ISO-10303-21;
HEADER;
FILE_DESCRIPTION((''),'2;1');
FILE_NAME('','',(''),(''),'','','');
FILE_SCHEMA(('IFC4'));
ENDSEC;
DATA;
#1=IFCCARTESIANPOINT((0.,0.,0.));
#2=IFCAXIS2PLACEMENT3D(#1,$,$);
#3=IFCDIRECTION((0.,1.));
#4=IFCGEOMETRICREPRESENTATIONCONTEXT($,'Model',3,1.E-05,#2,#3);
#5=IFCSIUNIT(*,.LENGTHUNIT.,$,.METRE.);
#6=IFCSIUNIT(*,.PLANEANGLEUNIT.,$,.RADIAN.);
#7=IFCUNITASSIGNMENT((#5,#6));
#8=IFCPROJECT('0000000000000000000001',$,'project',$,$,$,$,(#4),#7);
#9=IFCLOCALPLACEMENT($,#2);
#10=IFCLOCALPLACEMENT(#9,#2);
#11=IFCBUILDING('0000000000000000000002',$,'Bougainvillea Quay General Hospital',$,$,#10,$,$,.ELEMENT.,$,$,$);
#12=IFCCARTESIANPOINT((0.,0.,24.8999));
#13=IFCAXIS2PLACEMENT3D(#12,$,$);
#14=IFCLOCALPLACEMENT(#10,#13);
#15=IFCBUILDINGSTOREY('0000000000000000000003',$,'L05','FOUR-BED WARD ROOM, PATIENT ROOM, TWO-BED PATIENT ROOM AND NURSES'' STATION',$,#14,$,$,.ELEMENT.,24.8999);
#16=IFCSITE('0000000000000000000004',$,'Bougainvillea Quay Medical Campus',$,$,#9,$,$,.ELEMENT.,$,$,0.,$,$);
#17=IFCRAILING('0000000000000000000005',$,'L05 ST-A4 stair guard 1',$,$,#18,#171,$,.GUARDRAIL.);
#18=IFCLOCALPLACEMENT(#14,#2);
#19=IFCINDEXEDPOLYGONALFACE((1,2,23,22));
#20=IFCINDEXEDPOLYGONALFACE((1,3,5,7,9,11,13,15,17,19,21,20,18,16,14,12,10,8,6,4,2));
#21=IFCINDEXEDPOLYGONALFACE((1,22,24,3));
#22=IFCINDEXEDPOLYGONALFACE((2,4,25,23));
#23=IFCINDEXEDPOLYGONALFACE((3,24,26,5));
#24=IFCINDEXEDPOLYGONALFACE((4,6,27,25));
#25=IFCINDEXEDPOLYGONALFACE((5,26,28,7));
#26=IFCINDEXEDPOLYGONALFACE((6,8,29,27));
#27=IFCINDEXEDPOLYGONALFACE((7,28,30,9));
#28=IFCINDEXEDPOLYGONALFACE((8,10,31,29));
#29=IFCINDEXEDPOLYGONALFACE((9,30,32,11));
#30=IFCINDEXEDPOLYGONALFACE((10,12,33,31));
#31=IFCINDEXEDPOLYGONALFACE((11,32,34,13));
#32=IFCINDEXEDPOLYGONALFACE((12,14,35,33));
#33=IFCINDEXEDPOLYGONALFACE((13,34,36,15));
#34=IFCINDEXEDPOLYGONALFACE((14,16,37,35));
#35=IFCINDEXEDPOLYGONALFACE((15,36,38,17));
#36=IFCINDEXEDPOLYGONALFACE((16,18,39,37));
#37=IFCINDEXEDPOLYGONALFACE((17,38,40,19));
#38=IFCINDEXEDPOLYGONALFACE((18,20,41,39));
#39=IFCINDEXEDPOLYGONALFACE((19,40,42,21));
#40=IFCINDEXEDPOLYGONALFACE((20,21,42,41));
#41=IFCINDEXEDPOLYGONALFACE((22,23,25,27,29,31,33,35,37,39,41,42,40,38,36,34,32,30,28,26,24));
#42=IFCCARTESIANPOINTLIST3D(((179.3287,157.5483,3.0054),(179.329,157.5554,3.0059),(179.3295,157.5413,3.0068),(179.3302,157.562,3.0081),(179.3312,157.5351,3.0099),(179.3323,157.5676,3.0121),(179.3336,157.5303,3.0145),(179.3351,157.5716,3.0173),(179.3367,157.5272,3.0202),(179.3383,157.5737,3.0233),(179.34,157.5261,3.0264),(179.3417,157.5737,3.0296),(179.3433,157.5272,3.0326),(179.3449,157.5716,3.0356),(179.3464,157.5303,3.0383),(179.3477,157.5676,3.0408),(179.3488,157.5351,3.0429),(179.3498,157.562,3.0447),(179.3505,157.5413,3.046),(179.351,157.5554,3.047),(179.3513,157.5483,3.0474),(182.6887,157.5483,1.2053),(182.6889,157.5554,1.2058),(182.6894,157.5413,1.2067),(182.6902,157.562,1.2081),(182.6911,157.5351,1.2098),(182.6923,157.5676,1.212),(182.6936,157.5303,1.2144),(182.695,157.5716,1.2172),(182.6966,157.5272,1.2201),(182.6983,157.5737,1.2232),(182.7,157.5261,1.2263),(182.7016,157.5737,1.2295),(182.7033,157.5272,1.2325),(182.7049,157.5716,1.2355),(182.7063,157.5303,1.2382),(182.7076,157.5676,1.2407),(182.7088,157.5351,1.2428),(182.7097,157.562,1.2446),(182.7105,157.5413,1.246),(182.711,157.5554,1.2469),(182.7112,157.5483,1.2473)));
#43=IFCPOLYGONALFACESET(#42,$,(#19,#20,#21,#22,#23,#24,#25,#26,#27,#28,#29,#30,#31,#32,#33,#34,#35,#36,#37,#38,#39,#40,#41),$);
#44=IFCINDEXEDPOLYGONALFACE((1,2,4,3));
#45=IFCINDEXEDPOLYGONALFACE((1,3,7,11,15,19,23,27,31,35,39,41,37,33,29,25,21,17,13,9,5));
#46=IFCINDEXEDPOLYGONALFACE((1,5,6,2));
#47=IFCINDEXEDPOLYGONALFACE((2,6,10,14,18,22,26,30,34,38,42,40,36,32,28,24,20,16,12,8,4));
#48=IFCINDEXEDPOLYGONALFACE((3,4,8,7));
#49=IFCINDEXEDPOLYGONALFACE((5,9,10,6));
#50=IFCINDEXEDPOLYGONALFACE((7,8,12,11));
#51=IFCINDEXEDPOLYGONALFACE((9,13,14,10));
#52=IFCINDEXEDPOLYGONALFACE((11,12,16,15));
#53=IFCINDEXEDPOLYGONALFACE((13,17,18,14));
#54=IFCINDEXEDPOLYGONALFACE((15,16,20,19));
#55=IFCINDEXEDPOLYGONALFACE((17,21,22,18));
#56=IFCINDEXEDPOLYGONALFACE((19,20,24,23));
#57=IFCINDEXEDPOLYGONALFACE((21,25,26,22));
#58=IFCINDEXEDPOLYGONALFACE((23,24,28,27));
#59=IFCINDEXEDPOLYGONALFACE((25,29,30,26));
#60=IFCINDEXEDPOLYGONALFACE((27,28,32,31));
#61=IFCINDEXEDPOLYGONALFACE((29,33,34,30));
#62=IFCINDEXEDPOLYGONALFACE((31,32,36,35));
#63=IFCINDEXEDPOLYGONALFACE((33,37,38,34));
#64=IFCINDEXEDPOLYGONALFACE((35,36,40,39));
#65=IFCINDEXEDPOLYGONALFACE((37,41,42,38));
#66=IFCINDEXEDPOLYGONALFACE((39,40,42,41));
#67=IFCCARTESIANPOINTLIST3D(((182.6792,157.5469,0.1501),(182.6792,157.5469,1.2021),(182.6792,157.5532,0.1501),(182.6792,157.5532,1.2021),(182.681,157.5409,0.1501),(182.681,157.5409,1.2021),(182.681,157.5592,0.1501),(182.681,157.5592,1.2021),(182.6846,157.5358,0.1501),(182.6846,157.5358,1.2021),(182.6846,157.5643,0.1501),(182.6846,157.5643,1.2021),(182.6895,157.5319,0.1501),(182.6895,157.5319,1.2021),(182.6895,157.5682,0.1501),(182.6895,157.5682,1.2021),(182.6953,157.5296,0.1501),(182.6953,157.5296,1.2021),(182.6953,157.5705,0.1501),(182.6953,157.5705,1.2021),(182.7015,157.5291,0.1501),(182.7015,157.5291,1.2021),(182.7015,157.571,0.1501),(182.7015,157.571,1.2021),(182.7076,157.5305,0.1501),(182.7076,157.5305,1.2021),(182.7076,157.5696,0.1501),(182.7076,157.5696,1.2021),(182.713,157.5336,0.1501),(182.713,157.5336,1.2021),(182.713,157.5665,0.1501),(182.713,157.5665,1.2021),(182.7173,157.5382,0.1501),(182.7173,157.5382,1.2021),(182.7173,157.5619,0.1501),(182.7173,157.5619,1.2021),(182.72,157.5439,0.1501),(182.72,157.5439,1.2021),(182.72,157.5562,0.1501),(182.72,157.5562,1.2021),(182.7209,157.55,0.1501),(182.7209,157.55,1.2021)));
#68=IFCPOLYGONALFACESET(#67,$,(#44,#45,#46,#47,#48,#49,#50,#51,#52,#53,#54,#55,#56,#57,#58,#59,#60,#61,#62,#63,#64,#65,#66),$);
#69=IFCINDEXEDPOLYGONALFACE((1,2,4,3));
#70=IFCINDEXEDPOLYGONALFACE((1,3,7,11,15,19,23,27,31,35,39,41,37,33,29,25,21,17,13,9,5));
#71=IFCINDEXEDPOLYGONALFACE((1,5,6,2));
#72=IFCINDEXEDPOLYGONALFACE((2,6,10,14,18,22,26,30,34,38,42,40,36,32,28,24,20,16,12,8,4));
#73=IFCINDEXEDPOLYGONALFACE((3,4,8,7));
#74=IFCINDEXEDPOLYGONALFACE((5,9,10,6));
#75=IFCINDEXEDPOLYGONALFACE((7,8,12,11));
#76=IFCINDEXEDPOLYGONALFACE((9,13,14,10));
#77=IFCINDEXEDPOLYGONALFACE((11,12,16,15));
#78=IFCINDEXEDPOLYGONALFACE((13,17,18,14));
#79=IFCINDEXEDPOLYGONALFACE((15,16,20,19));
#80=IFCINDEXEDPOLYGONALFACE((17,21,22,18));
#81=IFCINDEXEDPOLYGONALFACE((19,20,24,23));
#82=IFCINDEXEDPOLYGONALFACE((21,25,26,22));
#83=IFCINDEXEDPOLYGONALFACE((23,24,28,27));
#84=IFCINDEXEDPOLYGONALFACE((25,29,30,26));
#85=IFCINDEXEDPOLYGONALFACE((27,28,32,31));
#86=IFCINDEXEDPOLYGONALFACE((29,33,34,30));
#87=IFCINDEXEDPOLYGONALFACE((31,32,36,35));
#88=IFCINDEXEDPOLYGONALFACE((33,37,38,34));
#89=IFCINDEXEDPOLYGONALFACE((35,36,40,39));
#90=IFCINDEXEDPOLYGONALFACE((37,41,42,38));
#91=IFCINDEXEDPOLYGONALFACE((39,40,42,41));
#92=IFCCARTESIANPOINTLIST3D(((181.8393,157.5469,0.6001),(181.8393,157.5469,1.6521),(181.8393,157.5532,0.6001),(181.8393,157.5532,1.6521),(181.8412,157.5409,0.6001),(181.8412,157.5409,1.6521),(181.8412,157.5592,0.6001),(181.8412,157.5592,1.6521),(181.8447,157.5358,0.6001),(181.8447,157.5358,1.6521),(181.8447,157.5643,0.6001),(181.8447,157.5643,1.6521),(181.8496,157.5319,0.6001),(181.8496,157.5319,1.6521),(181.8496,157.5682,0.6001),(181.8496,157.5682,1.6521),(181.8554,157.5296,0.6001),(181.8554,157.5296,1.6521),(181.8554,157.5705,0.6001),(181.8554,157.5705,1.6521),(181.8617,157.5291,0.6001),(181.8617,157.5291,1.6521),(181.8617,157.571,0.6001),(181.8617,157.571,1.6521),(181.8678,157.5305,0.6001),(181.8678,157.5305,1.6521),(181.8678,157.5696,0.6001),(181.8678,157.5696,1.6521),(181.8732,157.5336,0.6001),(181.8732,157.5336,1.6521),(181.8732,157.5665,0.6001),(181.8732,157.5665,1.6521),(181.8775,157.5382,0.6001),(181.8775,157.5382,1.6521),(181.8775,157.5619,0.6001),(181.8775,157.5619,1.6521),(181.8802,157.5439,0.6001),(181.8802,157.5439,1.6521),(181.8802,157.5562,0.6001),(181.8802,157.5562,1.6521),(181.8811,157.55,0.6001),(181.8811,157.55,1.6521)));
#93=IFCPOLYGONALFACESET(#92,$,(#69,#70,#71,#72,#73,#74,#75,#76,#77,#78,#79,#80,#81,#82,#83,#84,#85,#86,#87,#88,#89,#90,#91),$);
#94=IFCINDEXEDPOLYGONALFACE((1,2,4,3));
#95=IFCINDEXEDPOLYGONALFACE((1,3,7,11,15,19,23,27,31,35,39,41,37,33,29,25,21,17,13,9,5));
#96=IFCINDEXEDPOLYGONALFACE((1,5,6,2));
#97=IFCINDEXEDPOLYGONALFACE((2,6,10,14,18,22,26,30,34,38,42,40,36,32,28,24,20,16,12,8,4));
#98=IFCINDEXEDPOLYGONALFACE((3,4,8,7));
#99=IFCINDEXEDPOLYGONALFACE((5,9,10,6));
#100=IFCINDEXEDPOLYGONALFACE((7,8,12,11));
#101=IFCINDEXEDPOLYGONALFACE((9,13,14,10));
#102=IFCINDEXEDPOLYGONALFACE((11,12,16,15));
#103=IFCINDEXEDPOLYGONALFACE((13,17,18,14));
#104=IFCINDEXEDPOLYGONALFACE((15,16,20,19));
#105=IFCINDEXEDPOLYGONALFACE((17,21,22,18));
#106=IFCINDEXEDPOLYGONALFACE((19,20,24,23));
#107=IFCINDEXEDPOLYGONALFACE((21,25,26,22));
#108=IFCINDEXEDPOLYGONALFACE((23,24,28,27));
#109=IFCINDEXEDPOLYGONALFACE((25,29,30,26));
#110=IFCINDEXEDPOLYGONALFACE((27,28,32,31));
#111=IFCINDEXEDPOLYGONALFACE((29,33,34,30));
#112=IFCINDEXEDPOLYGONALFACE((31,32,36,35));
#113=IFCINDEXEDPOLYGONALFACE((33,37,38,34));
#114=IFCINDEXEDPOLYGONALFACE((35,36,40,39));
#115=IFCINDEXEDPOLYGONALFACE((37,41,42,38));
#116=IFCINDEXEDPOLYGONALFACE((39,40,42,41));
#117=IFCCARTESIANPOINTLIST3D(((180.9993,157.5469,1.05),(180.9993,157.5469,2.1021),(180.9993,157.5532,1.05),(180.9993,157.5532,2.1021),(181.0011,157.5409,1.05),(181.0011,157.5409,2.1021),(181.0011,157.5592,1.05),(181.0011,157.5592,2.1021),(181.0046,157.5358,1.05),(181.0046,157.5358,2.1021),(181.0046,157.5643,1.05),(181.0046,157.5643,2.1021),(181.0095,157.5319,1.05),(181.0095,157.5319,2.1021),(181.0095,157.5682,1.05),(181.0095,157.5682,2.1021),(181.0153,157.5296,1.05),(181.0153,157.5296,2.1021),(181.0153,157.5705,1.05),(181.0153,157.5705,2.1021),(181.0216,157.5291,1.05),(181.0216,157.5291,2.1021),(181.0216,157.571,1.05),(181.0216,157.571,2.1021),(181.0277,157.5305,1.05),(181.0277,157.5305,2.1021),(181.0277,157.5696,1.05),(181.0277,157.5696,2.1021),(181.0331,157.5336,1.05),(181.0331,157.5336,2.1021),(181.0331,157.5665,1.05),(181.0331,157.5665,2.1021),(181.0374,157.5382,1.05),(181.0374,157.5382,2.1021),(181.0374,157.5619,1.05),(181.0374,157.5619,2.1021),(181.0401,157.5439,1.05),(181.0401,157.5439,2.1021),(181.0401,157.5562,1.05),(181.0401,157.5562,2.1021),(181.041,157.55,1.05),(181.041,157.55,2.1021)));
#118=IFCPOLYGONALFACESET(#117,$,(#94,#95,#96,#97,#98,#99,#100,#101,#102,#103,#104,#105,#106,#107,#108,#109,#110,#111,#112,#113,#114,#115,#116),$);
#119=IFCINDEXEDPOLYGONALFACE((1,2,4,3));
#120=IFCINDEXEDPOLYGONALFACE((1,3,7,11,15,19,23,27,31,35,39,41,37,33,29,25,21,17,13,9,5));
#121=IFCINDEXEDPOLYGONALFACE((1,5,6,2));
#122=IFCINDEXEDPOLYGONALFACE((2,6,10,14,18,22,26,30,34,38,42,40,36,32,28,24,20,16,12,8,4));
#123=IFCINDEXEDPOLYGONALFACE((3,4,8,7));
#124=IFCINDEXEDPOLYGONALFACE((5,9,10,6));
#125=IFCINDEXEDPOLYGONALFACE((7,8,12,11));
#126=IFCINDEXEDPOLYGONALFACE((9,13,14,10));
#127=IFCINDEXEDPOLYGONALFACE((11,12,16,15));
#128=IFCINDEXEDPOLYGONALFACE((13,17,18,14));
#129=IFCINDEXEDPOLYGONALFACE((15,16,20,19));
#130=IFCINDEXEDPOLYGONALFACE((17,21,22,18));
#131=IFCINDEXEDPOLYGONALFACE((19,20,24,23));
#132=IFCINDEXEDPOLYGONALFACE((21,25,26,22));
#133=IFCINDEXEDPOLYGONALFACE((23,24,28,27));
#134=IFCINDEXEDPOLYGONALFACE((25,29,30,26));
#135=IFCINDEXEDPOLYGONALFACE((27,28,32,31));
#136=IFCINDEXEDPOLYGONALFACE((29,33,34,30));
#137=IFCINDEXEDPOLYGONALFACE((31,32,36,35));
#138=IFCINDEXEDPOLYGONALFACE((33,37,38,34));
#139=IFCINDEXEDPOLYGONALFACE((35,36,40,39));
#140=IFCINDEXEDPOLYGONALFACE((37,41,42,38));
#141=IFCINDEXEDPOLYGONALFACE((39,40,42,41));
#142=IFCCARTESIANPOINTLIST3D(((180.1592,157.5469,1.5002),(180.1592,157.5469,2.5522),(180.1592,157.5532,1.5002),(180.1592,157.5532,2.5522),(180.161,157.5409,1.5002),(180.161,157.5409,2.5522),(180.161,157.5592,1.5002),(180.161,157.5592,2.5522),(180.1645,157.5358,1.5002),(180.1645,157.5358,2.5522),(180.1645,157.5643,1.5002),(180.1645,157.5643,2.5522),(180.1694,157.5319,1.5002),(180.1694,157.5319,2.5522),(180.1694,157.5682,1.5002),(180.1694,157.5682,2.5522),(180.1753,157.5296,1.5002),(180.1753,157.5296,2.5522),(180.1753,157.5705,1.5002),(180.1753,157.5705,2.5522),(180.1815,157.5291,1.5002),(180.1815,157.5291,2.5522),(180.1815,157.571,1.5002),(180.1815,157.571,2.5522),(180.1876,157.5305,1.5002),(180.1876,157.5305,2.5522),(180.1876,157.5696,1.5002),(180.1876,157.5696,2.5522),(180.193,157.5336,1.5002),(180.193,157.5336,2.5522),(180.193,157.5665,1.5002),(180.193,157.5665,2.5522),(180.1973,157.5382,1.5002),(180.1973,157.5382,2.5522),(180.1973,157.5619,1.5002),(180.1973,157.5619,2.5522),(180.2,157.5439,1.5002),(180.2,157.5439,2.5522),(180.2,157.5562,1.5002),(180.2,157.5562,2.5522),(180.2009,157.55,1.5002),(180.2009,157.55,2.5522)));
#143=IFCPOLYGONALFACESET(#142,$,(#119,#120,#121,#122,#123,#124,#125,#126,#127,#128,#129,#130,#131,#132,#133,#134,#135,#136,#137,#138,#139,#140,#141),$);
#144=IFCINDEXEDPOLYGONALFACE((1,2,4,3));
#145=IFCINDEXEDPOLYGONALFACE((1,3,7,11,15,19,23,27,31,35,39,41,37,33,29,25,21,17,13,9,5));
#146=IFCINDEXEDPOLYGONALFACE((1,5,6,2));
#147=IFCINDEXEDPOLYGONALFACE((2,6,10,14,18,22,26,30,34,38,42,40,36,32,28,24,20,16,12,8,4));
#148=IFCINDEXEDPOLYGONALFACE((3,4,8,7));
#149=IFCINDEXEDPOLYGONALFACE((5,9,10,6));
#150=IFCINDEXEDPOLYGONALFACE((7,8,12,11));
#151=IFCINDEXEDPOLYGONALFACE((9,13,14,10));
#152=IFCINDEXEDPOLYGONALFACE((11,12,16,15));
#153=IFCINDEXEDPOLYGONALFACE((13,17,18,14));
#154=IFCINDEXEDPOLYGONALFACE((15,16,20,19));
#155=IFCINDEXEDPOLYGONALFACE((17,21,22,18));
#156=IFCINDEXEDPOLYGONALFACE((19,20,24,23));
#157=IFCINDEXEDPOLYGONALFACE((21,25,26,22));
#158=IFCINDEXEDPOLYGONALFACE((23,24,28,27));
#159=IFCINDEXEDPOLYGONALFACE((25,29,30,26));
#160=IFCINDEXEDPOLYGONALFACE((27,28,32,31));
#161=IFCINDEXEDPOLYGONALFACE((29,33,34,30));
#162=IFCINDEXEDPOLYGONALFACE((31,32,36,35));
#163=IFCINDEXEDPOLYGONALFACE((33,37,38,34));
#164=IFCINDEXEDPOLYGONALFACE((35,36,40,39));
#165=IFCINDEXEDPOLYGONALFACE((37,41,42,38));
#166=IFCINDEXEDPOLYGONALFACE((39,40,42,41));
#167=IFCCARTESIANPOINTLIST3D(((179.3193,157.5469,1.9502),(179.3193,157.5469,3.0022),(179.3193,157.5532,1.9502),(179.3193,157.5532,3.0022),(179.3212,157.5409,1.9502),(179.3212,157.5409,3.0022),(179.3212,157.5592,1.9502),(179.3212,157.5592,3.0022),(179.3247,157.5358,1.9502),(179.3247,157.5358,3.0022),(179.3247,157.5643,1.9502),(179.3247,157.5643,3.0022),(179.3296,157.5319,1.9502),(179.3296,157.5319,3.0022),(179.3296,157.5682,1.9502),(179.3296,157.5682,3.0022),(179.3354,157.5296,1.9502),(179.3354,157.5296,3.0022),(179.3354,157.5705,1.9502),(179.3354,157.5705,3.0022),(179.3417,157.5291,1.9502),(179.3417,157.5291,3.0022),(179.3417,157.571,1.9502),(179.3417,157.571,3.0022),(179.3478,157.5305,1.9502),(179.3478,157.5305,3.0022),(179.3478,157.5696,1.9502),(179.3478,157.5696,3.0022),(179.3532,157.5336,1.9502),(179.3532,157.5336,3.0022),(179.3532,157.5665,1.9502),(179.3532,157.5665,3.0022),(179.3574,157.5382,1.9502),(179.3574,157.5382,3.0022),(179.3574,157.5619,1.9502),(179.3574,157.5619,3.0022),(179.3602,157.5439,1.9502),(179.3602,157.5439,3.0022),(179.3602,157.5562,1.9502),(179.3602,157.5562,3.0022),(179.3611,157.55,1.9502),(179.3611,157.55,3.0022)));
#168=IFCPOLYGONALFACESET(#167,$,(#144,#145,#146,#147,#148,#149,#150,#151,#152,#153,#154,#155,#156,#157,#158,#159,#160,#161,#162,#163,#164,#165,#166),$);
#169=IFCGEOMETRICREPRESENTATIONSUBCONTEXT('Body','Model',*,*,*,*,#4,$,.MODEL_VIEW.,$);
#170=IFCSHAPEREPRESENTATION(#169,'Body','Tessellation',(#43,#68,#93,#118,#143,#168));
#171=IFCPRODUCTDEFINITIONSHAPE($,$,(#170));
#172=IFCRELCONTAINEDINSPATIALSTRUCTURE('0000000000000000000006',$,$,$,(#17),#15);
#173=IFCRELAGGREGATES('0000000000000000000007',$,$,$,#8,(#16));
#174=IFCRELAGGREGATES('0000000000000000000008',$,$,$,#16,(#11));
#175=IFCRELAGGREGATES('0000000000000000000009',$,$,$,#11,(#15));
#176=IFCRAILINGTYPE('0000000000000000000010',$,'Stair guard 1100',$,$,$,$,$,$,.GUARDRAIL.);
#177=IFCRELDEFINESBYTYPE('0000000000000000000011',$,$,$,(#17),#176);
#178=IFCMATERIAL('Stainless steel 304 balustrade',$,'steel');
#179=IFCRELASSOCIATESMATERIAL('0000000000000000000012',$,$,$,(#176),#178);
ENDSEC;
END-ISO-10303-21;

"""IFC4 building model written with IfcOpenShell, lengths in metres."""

from ifc_helpers import new_model, si_unit, direction, frame, origin, origin_2d, place, context, subcontext, project, spatial, circle, extrude, material, type_object, element, save


model = new_model("IFC4")

# Units and contexts
model_context = context("Model", 3, precision=1e-05, world=origin(), true_north=direction((0.0, 1.0)))
body_context = subcontext(model_context, "Body", "Model", "MODEL_VIEW")
ifc_project = project(units=[si_unit("LENGTHUNIT", "METRE"), si_unit("PLANEANGLEUNIT", "RADIAN")], contexts=[model_context])

# Site, building, storey
site_placement = place(None, origin())
site = spatial("IfcSite", under=ifc_project, at=site_placement, Name="Bougainvillea Quay Medical Campus", CompositionType="ELEMENT", RefElevation=0.0)
building_placement = place(site_placement, origin())
building = spatial("IfcBuilding", under=site, at=building_placement, Name="Bougainvillea Quay General Hospital", CompositionType="ELEMENT")
storey_placement = place(building_placement, frame((0.0, 0.0, 24.8999)))
storey = spatial("IfcBuildingStorey", under=building, at=storey_placement, Name="L05", Description="FOUR-BED WARD ROOM, PATIENT ROOM, TWO-BED PATIENT ROOM AND NURSES' STATION", CompositionType="ELEMENT", Elevation=24.8999)

# Railing
ifc_material_1 = material(Name="Stainless steel 304 balustrade", Category="steel")
railing_type_1 = type_object("IfcRailingType", Name="Stair guard 1100", PredefinedType="GUARDRAIL", material=ifc_material_1)
railing_1_placement = place(storey_placement, frame((182.7, 157.55, 0.1501)))
element("IfcRailing", 1, at=railing_1_placement, inside=storey, type_object=railing_type_1, Name="L05 ST-A4 stair guard 1", PredefinedType="GUARDRAIL", context=body_context, shape_type="SweptSolid", body=[
    extrude(circle(Radius=0.0239, at=origin_2d()), frame((0.0, 0.0, 1.0762), z_axis=(-0.881467, 0.0, 0.472246), x_axis=(0.0, -1.0, 0.0)), (0.0, 0.0, 1.0), 3.8118),
    extrude(circle(Radius=0.021, at=origin_2d()), origin(), (0.0, 0.0, 1.0), 1.052),
    extrude(circle(Radius=0.021, at=origin_2d()), frame((-0.8398, 0.0, 0.45)), (0.0, 0.0, 1.0), 1.052),
    extrude(circle(Radius=0.021, at=origin_2d()), frame((-1.6799, 0.0, 0.8999)), (0.0, 0.0, 1.0), 1.052),
    extrude(circle(Radius=0.021, at=origin_2d()), frame((-2.52, 0.0, 1.3501)), (0.0, 0.0, 1.0), 1.052),
    extrude(circle(Radius=0.021, at=origin_2d()), frame((-3.3599, 0.0, 1.8)), (0.0, 0.0, 1.0), 1.052),
])

save(model, "model.ifc")
